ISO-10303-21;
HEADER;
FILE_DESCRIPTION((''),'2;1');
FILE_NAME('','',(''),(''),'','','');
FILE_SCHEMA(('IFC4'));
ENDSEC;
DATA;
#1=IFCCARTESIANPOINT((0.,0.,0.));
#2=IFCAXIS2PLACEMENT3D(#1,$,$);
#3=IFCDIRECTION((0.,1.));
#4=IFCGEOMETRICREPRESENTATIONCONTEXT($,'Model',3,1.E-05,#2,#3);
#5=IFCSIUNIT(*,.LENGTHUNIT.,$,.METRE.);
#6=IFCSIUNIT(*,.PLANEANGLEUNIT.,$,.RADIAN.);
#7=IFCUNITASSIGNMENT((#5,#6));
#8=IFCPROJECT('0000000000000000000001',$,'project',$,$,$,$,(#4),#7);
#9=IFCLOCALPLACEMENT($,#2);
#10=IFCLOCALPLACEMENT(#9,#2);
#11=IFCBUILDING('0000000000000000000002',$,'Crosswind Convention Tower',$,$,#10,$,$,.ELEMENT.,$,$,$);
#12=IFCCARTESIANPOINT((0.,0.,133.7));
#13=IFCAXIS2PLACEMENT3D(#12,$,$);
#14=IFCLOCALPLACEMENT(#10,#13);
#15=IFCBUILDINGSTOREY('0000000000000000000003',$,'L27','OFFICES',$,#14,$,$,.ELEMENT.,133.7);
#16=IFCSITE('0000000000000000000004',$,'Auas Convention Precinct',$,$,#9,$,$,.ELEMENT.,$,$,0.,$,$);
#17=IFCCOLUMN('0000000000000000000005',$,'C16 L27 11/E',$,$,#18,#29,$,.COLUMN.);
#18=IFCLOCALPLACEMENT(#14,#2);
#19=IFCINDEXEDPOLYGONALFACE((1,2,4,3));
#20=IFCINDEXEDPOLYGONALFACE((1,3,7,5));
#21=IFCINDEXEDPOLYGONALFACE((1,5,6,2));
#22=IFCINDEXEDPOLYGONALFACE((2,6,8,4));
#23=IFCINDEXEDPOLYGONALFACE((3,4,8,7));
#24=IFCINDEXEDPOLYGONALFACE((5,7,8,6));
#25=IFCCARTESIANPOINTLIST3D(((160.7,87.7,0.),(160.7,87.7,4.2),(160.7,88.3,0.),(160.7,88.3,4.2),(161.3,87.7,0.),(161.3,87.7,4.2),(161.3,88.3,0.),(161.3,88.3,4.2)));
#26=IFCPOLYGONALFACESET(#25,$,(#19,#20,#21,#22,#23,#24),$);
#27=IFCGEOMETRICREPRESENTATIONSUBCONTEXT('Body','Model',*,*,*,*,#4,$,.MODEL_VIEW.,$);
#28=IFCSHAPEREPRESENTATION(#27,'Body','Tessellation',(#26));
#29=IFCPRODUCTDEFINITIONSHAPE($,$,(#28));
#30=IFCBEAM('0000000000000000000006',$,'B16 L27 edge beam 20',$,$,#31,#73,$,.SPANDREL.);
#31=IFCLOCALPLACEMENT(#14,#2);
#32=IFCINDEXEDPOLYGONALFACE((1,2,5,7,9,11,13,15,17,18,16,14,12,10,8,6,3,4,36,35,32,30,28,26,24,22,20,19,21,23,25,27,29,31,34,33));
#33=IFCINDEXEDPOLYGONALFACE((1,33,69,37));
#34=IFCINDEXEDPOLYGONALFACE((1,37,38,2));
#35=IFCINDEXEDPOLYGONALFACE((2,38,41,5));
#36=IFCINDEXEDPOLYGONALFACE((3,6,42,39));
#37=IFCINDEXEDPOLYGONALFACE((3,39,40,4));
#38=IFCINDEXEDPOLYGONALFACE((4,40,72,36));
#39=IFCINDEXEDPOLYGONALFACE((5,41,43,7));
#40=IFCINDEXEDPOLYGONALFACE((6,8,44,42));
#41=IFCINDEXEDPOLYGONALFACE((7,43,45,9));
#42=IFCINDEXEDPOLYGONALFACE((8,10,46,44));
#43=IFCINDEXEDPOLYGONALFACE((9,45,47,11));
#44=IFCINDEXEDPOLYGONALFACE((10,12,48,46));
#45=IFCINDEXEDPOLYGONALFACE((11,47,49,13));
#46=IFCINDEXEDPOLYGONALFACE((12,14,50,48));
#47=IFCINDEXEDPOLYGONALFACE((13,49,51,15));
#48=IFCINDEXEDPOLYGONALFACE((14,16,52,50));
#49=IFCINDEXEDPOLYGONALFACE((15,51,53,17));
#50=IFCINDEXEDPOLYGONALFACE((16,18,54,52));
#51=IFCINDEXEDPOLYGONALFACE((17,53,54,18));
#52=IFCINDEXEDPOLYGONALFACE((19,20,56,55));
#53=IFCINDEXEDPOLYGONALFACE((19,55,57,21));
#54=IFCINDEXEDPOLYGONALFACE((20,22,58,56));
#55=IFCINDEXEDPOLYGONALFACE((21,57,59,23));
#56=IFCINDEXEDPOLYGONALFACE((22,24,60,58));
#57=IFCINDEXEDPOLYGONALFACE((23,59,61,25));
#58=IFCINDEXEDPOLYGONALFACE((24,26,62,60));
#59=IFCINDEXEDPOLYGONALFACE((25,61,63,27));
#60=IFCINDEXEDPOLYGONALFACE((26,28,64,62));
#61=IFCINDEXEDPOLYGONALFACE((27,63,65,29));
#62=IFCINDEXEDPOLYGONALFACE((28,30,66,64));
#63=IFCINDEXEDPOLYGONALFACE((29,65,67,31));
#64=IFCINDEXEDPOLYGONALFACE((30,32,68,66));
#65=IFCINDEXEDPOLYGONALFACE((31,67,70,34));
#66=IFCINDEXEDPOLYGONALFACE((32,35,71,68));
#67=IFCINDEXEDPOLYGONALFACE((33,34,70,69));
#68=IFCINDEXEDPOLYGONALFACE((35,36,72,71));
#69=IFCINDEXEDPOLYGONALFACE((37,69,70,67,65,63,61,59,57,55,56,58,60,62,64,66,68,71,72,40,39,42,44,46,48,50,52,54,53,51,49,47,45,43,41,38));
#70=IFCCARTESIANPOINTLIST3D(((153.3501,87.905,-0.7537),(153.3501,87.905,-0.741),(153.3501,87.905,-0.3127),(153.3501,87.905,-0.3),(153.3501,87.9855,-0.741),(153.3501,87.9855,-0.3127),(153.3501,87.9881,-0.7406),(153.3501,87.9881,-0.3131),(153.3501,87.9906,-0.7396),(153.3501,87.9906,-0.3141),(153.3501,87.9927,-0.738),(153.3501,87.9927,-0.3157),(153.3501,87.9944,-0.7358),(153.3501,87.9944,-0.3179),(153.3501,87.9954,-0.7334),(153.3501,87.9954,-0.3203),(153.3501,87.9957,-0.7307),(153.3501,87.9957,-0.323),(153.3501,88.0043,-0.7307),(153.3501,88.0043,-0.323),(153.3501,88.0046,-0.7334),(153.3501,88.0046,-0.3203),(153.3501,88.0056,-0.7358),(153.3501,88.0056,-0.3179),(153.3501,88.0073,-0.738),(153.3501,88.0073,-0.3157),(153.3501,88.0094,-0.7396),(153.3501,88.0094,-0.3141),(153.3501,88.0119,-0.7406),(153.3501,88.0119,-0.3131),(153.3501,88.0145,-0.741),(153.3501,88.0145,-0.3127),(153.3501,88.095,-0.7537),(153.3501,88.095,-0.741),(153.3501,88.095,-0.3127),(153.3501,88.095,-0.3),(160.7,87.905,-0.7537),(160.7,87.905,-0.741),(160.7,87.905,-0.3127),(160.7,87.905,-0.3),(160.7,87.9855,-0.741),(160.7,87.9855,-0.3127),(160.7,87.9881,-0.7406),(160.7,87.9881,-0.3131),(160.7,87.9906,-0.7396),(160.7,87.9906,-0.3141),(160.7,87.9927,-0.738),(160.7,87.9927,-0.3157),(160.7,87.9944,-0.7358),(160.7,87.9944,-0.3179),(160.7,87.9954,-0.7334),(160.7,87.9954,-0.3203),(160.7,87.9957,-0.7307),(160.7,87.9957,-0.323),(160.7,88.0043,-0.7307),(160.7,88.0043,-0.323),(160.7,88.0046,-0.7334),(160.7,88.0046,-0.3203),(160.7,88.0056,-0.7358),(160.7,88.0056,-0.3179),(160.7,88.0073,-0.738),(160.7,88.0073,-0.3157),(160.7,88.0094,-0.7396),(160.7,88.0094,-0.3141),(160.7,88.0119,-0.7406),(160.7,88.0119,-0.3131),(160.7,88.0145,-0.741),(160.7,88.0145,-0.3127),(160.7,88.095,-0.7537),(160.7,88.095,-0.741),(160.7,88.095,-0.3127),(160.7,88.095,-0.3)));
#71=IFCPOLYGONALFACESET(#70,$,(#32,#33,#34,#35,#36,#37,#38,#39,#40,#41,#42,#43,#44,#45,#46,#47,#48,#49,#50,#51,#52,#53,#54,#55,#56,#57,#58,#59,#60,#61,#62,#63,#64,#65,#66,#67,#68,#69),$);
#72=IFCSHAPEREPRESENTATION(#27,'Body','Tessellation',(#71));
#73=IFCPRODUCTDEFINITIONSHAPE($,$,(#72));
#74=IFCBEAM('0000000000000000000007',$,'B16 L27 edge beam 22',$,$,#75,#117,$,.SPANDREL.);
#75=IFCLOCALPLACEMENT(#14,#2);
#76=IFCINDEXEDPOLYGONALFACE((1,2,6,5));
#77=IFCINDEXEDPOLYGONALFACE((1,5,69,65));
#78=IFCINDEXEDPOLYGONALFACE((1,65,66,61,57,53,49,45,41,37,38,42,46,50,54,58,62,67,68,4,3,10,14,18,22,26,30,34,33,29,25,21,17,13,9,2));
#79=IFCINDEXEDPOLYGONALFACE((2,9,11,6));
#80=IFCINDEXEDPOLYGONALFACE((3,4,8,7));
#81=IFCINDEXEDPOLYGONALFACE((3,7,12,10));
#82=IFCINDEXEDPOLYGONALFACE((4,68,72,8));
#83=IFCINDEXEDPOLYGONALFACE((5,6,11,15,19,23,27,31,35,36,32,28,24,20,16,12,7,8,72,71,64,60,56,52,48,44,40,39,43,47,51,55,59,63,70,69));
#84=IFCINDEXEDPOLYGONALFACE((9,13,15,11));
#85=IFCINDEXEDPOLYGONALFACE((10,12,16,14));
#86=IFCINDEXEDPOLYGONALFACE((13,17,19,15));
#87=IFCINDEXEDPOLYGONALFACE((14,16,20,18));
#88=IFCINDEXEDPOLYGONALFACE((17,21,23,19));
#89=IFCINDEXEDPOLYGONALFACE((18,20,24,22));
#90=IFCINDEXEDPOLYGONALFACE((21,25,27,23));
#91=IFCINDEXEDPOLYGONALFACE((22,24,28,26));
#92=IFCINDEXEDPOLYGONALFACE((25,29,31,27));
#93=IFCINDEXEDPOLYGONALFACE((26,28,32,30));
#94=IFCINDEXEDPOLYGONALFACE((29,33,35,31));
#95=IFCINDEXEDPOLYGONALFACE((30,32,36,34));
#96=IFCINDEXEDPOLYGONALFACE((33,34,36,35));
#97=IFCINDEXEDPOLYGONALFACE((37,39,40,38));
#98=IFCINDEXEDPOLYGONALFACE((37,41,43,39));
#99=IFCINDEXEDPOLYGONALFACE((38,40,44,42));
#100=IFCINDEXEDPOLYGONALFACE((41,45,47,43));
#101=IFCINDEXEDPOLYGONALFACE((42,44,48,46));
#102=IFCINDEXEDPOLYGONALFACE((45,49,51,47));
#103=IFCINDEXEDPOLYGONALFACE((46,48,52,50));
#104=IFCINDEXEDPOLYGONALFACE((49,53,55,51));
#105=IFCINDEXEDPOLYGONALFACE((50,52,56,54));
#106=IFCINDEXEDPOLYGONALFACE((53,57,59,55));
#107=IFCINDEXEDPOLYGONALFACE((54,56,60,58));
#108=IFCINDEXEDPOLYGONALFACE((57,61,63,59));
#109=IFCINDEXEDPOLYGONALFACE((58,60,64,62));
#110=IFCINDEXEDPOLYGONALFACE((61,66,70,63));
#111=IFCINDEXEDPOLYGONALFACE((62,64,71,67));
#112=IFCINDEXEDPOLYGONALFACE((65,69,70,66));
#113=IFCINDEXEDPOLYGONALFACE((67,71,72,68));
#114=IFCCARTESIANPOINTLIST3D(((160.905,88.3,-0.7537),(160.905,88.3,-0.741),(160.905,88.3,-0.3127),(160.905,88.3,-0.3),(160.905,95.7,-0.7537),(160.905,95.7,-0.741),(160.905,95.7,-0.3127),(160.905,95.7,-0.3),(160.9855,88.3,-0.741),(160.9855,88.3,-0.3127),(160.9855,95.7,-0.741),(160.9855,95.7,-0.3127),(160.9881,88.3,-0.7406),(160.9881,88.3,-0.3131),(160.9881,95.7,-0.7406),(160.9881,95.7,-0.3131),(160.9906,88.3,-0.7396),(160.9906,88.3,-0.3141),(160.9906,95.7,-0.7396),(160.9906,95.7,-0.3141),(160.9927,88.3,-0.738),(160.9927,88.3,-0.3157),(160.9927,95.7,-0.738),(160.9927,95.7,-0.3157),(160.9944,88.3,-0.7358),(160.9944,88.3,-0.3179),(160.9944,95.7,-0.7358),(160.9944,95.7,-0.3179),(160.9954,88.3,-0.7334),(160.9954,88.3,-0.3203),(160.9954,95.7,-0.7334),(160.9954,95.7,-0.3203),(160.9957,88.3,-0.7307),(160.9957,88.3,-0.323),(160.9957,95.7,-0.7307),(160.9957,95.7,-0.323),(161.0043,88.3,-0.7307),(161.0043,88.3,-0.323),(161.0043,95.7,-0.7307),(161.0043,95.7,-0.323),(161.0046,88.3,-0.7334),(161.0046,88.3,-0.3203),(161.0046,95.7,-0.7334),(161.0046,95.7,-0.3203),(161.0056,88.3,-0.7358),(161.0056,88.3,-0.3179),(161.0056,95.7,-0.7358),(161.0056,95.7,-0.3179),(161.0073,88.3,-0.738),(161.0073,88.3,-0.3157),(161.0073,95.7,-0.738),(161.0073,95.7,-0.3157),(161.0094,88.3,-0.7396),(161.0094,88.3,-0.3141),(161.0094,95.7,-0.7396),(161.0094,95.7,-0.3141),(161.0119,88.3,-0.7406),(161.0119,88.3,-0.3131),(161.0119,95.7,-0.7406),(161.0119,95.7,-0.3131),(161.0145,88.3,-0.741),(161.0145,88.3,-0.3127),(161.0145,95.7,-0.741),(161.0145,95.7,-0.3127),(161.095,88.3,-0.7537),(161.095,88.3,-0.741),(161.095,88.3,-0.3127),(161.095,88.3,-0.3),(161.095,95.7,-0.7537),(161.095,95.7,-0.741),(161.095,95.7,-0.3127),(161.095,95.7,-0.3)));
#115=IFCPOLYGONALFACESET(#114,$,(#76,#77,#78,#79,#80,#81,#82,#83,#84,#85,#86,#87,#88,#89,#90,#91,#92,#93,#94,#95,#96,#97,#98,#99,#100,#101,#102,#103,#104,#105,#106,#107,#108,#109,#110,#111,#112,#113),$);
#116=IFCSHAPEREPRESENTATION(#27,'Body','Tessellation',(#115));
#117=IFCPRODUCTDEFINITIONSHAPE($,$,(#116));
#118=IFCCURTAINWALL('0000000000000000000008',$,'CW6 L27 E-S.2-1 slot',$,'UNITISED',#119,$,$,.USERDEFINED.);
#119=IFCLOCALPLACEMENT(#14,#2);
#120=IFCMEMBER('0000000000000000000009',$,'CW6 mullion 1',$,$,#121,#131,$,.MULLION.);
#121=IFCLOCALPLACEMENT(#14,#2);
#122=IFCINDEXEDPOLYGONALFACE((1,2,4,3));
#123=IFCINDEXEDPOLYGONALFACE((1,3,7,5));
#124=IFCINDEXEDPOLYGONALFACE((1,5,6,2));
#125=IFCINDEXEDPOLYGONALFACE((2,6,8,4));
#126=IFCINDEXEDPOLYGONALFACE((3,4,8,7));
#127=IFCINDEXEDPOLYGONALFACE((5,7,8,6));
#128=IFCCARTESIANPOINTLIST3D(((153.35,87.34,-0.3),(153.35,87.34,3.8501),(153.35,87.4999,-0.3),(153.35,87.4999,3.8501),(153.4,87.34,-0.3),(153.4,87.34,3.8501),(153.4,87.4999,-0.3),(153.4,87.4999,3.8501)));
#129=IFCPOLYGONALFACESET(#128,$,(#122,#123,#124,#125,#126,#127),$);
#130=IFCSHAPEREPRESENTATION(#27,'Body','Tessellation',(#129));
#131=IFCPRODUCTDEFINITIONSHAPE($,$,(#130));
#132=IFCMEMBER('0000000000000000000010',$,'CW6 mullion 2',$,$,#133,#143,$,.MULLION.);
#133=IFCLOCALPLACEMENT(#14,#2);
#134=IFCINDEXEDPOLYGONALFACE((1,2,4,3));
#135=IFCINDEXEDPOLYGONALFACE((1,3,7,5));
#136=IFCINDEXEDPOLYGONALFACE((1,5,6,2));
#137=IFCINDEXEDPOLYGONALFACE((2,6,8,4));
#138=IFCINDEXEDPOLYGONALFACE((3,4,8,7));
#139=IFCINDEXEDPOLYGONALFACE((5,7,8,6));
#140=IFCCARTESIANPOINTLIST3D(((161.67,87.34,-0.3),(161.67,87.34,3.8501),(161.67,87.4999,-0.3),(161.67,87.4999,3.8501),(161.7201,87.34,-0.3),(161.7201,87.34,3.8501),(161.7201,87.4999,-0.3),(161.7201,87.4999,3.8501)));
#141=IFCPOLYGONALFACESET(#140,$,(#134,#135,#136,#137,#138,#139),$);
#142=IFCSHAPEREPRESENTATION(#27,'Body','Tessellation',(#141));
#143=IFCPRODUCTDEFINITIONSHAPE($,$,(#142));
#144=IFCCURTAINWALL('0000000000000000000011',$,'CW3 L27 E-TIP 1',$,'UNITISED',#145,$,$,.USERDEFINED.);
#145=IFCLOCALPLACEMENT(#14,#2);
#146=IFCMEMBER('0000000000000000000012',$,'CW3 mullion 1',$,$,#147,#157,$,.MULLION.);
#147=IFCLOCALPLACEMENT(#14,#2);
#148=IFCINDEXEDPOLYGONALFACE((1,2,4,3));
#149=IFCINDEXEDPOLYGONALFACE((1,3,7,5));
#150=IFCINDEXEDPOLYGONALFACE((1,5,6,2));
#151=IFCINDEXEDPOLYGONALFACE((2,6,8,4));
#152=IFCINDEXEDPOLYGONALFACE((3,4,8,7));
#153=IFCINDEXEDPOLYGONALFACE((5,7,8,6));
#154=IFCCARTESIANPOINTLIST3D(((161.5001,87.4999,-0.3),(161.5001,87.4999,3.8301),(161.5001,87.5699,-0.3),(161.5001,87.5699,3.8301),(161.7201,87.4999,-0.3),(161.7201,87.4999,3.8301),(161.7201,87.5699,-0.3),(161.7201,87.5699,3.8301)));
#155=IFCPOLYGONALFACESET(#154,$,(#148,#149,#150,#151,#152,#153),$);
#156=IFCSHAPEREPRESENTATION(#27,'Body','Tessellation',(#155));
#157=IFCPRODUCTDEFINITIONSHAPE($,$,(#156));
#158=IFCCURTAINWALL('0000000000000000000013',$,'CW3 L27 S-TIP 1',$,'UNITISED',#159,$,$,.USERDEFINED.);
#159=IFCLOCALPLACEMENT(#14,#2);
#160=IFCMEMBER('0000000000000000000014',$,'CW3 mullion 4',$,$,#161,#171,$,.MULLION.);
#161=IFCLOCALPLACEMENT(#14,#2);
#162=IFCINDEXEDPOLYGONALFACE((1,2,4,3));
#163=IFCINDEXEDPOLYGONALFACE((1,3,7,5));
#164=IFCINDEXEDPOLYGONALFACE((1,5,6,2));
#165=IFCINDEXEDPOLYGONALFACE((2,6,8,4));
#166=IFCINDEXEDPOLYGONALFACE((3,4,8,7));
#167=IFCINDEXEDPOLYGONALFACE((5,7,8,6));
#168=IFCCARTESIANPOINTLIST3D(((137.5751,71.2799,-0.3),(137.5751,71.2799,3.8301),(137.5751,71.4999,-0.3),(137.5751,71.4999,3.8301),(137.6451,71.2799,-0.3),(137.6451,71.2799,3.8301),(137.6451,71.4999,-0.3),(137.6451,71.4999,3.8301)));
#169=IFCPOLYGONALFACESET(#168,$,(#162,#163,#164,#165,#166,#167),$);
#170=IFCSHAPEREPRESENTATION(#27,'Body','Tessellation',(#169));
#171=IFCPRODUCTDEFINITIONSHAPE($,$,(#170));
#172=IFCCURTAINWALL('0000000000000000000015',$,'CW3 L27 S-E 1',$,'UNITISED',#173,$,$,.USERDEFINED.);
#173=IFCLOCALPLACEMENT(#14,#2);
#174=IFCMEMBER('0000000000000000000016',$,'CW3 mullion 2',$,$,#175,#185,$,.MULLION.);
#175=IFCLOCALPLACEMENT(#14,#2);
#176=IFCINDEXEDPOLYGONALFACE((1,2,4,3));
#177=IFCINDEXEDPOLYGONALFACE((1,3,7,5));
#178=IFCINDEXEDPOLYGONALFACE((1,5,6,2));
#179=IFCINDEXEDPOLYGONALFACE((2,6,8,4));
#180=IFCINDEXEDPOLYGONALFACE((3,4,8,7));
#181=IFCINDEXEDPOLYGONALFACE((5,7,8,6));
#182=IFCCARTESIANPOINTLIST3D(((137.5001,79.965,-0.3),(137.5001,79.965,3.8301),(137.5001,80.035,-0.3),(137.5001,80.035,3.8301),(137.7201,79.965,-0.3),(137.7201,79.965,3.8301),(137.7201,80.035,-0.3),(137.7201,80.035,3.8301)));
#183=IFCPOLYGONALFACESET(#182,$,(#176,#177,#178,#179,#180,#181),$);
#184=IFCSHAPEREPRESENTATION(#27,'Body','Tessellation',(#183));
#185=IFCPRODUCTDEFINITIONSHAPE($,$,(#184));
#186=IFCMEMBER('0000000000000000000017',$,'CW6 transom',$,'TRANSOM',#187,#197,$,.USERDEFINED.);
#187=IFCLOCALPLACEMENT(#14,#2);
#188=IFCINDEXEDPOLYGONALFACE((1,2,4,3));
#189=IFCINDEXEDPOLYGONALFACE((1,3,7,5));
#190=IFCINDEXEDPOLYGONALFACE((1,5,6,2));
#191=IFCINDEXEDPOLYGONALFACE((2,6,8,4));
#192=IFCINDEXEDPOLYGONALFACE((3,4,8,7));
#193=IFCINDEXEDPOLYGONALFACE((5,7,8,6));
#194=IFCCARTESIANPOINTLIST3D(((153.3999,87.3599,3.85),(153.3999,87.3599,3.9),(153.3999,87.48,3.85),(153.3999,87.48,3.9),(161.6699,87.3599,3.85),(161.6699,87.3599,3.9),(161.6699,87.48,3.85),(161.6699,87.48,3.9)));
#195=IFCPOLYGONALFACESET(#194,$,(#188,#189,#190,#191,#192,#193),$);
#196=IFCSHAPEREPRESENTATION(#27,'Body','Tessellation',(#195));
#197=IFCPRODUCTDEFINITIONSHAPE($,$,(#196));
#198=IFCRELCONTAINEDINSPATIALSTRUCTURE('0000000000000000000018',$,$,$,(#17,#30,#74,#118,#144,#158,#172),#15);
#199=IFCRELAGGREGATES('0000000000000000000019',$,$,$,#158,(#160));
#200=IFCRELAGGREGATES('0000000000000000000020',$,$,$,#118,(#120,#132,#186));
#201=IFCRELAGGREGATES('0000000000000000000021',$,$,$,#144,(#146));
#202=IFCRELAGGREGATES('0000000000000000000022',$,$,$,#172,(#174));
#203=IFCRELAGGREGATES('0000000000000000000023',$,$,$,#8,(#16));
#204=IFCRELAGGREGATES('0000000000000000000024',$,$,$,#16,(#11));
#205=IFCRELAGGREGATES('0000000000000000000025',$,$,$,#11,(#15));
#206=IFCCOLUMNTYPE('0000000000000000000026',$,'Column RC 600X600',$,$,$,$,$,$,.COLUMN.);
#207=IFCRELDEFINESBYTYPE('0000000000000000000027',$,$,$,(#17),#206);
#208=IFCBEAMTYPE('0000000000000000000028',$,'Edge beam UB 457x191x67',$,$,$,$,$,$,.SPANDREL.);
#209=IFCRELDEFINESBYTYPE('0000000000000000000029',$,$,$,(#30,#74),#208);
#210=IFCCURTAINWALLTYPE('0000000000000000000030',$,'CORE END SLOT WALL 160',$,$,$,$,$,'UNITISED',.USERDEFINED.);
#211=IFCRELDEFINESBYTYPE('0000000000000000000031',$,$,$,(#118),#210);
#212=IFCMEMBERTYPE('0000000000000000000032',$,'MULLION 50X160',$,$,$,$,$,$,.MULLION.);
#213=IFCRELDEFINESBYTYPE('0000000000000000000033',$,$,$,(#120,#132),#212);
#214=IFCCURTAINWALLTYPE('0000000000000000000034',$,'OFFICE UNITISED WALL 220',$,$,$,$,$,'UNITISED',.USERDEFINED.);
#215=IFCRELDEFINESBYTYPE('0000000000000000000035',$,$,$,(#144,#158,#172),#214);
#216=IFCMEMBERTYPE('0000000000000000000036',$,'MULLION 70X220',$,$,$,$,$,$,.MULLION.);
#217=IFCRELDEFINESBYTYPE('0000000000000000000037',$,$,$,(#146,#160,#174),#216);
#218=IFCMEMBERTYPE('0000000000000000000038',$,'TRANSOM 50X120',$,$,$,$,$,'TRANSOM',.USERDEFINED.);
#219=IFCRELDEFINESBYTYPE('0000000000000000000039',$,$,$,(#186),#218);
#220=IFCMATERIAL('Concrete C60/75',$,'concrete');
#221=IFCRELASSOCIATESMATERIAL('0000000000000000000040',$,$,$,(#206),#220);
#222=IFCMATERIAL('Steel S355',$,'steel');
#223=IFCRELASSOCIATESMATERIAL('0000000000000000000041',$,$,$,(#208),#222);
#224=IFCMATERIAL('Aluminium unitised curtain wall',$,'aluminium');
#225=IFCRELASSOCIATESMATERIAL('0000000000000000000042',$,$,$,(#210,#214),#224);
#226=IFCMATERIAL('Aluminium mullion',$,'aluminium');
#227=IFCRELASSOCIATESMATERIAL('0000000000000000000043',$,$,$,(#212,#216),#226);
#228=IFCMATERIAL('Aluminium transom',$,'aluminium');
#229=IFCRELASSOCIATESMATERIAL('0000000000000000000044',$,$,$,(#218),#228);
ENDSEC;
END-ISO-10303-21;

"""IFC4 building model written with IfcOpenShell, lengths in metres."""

from ifc_helpers import new_model, si_unit, direction, frame, origin, origin_2d, place, context, subcontext, project, spatial, rectangle, i_section, extrude, material, material_profile, profile_set, type_object, element, aggregate, save


model = new_model("IFC4")

# Units and contexts
model_context = context("Model", 3, precision=1e-05, world=origin(), true_north=direction((0.0, 1.0)))
body_context = subcontext(model_context, "Body", "Model", "MODEL_VIEW")
ifc_project = project(units=[si_unit("LENGTHUNIT", "METRE"), si_unit("PLANEANGLEUNIT", "RADIAN")], contexts=[model_context])

# Site, building, storey
site_placement = place(None, origin())
site = spatial("IfcSite", under=ifc_project, at=site_placement, Name="Auas Convention Precinct", CompositionType="ELEMENT", RefElevation=0.0)
building_placement = place(site_placement, origin())
building = spatial("IfcBuilding", under=site, at=building_placement, Name="Crosswind Convention Tower", CompositionType="ELEMENT")
storey_placement = place(building_placement, frame((0.0, 0.0, 133.7)))
storey = spatial("IfcBuildingStorey", under=building, at=storey_placement, Name="L27", Description="OFFICES", CompositionType="ELEMENT", Elevation=133.7)

# Column
ifc_material_1 = material(Name="Concrete C60/75", Category="concrete")
ifc_material_profile_1 = material_profile(ifc_material_1, rectangle(XDim=0.6001, YDim=0.6001, at=origin_2d()), Name="RC 600X600")
ifc_profile_set_1 = profile_set([ifc_material_profile_1], Name="Concrete C60/75")
column_type = type_object("IfcColumnType", Name="Column RC 600X600", PredefinedType="COLUMN", material=ifc_profile_set_1)
column_placement = place(storey_placement, frame((161.0, 88.0, 0.0), z_axis=(0.0, 0.0, 1.0), x_axis=(1.0, 0.0, 0.0)))
element("IfcColumn", 1, at=column_placement, inside=storey, type_object=column_type, Name="C16 L27 11/E", PredefinedType="COLUMN", context=body_context, shape_type="SweptSolid", body=[
    extrude(rectangle(XDim=0.6001, YDim=0.6001, at=origin_2d()), origin(), (0.0, 0.0, 1.0), 4.2),
])

# Beams
ifc_material_2 = material(Name="Steel S355", Category="steel")
ifc_material_profile_2 = material_profile(ifc_material_2, i_section(OverallWidth=0.1899, OverallDepth=0.4536, WebThickness=0.0085, FlangeThickness=0.0127, FilletRadius=0.0103, at=origin_2d()), Name="UB 457x191x67")
ifc_profile_set_2 = profile_set([ifc_material_profile_2], Name="Steel S355")
beam_type = type_object("IfcBeamType", Name="Edge beam UB 457x191x67", PredefinedType="SPANDREL", material=ifc_profile_set_2)
beam_1_placement = place(storey_placement, frame((153.3501, 88.0, -0.5269), z_axis=(1.0, 0.0, 0.0), x_axis=(0.0, 1.0, 0.0)))
element("IfcBeam", 2, at=beam_1_placement, inside=storey, type_object=beam_type, Name="B16 L27 edge beam 20", PredefinedType="SPANDREL", context=body_context, shape_type="SweptSolid", body=[
    extrude(i_section(OverallWidth=0.1899, OverallDepth=0.4536, WebThickness=0.0085, FlangeThickness=0.0127, FilletRadius=0.0103, at=origin_2d()), origin(), (0.0, 0.0, 1.0), 7.3499),
])
beam_2_placement = place(storey_placement, frame((161.0, 88.3, -0.5269), z_axis=(0.0, 1.0, 0.0), x_axis=(-1.0, 0.0, 0.0)))
element("IfcBeam", 3, at=beam_2_placement, inside=storey, type_object=beam_type, Name="B16 L27 edge beam 22", PredefinedType="SPANDREL", context=body_context, shape_type="SweptSolid", body=[
    extrude(i_section(OverallWidth=0.1899, OverallDepth=0.4536, WebThickness=0.0085, FlangeThickness=0.0127, FilletRadius=0.0103, at=origin_2d()), origin(), (0.0, 0.0, 1.0), 7.3999),
])

# Curtain wall, members
ifc_material_3 = material(Name="Aluminium unitised curtain wall", Category="aluminium")
curtain_wall_type_1 = type_object("IfcCurtainWallType", Name="CORE END SLOT WALL 160", ElementType="UNITISED", PredefinedType="USERDEFINED", material=ifc_material_3)
curtain_wall_1_placement = place(storey_placement, origin())
curtain_wall_1 = element("IfcCurtainWall", 4, at=curtain_wall_1_placement, inside=storey, type_object=curtain_wall_type_1, Name="CW6 L27 E-S.2-1 slot", ObjectType="UNITISED", PredefinedType="USERDEFINED")
ifc_material_4 = material(Name="Aluminium mullion", Category="aluminium")
ifc_material_profile_3 = material_profile(ifc_material_4, rectangle(XDim=0.1599, YDim=0.05, at=origin_2d()), Name="AL 160X50")
ifc_profile_set_3 = profile_set([ifc_material_profile_3], Name="Aluminium mullion")
member_type_1 = type_object("IfcMemberType", Name="MULLION 50X160", PredefinedType="MULLION", material=ifc_profile_set_3)
member_1_placement = place(storey_placement, frame((153.375, 87.4199, -0.3), z_axis=(0.0, 0.0, 1.0), x_axis=(0.0, -1.0, 0.0)))
member_1 = element("IfcMember", 5, at=member_1_placement, type_object=member_type_1, Name="CW6 mullion 1", PredefinedType="MULLION", context=body_context, shape_type="SweptSolid", body=[
    extrude(rectangle(XDim=0.1599, YDim=0.05, at=origin_2d()), origin(), (0.0, 0.0, 1.0), 4.1501),
])
member_2_placement = place(storey_placement, frame((161.6951, 87.4199, -0.3), z_axis=(0.0, 0.0, 1.0), x_axis=(0.0, -1.0, 0.0)))
member_2 = element("IfcMember", 6, at=member_2_placement, type_object=member_type_1, Name="CW6 mullion 2", PredefinedType="MULLION", context=body_context, shape_type="SweptSolid", body=[
    extrude(rectangle(XDim=0.1599, YDim=0.05, at=origin_2d()), origin(), (0.0, 0.0, 1.0), 4.1501),
])

# Curtain walls, members
curtain_wall_type_2 = type_object("IfcCurtainWallType", Name="OFFICE UNITISED WALL 220", ElementType="UNITISED", PredefinedType="USERDEFINED", material=ifc_material_3)
curtain_wall_2_placement = place(storey_placement, origin())
curtain_wall_2 = element("IfcCurtainWall", 7, at=curtain_wall_2_placement, inside=storey, type_object=curtain_wall_type_2, Name="CW3 L27 E-TIP 1", ObjectType="UNITISED", PredefinedType="USERDEFINED")
ifc_material_profile_4 = material_profile(ifc_material_4, rectangle(XDim=0.22, YDim=0.0701, at=origin_2d()), Name="AL 220X70")
ifc_profile_set_4 = profile_set([ifc_material_profile_4], Name="Aluminium mullion")
member_type_2 = type_object("IfcMemberType", Name="MULLION 70X220", PredefinedType="MULLION", material=ifc_profile_set_4)
member_3_placement = place(storey_placement, frame((161.6101, 87.5349, -0.3), z_axis=(0.0, 0.0, 1.0), x_axis=(1.0, 0.0, 0.0)))
member_3 = element("IfcMember", 8, at=member_3_placement, type_object=member_type_2, Name="CW3 mullion 1", PredefinedType="MULLION", context=body_context, shape_type="SweptSolid", body=[
    extrude(rectangle(XDim=0.22, YDim=0.0701, at=origin_2d()), origin(), (0.0, 0.0, 1.0), 4.1301),
])
curtain_wall_3_placement = place(storey_placement, origin())
curtain_wall_3 = element("IfcCurtainWall", 9, at=curtain_wall_3_placement, inside=storey, type_object=curtain_wall_type_2, Name="CW3 L27 S-TIP 1", ObjectType="UNITISED", PredefinedType="USERDEFINED")
member_4_placement = place(storey_placement, frame((137.6101, 71.3899, -0.3), z_axis=(0.0, 0.0, 1.0), x_axis=(0.0, -1.0, 0.0)))
member_4 = element("IfcMember", 10, at=member_4_placement, type_object=member_type_2, Name="CW3 mullion 4", PredefinedType="MULLION", context=body_context, shape_type="SweptSolid", body=[
    extrude(rectangle(XDim=0.22, YDim=0.0701, at=origin_2d()), origin(), (0.0, 0.0, 1.0), 4.1301),
])
aggregate(curtain_wall_3, [member_4])
curtain_wall_4_placement = place(storey_placement, origin())
curtain_wall_4 = element("IfcCurtainWall", 11, at=curtain_wall_4_placement, inside=storey, type_object=curtain_wall_type_2, Name="CW3 L27 S-E 1", ObjectType="UNITISED", PredefinedType="USERDEFINED")
member_5_placement = place(storey_placement, frame((137.6101, 80.0, -0.3), z_axis=(0.0, 0.0, 1.0), x_axis=(1.0, 0.0, 0.0)))
member_5 = element("IfcMember", 12, at=member_5_placement, type_object=member_type_2, Name="CW3 mullion 2", PredefinedType="MULLION", context=body_context, shape_type="SweptSolid", body=[
    extrude(rectangle(XDim=0.22, YDim=0.0701, at=origin_2d()), origin(), (0.0, 0.0, 1.0), 4.1301),
])

# Member
ifc_material_5 = material(Name="Aluminium transom", Category="aluminium")
ifc_material_profile_5 = material_profile(ifc_material_5, rectangle(XDim=0.1201, YDim=0.05, at=origin_2d()), Name="AL 120X50")
ifc_profile_set_5 = profile_set([ifc_material_profile_5], Name="Aluminium transom")
member_type_3 = type_object("IfcMemberType", Name="TRANSOM 50X120", ElementType="TRANSOM", PredefinedType="USERDEFINED", material=ifc_profile_set_5)
member_6_placement = place(storey_placement, frame((153.3999, 87.4199, 3.875), z_axis=(1.0, 0.0, 0.0), x_axis=(0.0, 1.0, 0.0)))
member_6 = element("IfcMember", 13, at=member_6_placement, type_object=member_type_3, Name="CW6 transom", ObjectType="TRANSOM", PredefinedType="USERDEFINED", context=body_context, shape_type="SweptSolid", body=[
    extrude(rectangle(XDim=0.1201, YDim=0.05, at=origin_2d()), origin(), (0.0, 0.0, 1.0), 8.27),
])

aggregate(curtain_wall_1, [member_1, member_2, member_6])

aggregate(curtain_wall_2, [member_3])
aggregate(curtain_wall_4, [member_5])

save(model, "model.ifc")
